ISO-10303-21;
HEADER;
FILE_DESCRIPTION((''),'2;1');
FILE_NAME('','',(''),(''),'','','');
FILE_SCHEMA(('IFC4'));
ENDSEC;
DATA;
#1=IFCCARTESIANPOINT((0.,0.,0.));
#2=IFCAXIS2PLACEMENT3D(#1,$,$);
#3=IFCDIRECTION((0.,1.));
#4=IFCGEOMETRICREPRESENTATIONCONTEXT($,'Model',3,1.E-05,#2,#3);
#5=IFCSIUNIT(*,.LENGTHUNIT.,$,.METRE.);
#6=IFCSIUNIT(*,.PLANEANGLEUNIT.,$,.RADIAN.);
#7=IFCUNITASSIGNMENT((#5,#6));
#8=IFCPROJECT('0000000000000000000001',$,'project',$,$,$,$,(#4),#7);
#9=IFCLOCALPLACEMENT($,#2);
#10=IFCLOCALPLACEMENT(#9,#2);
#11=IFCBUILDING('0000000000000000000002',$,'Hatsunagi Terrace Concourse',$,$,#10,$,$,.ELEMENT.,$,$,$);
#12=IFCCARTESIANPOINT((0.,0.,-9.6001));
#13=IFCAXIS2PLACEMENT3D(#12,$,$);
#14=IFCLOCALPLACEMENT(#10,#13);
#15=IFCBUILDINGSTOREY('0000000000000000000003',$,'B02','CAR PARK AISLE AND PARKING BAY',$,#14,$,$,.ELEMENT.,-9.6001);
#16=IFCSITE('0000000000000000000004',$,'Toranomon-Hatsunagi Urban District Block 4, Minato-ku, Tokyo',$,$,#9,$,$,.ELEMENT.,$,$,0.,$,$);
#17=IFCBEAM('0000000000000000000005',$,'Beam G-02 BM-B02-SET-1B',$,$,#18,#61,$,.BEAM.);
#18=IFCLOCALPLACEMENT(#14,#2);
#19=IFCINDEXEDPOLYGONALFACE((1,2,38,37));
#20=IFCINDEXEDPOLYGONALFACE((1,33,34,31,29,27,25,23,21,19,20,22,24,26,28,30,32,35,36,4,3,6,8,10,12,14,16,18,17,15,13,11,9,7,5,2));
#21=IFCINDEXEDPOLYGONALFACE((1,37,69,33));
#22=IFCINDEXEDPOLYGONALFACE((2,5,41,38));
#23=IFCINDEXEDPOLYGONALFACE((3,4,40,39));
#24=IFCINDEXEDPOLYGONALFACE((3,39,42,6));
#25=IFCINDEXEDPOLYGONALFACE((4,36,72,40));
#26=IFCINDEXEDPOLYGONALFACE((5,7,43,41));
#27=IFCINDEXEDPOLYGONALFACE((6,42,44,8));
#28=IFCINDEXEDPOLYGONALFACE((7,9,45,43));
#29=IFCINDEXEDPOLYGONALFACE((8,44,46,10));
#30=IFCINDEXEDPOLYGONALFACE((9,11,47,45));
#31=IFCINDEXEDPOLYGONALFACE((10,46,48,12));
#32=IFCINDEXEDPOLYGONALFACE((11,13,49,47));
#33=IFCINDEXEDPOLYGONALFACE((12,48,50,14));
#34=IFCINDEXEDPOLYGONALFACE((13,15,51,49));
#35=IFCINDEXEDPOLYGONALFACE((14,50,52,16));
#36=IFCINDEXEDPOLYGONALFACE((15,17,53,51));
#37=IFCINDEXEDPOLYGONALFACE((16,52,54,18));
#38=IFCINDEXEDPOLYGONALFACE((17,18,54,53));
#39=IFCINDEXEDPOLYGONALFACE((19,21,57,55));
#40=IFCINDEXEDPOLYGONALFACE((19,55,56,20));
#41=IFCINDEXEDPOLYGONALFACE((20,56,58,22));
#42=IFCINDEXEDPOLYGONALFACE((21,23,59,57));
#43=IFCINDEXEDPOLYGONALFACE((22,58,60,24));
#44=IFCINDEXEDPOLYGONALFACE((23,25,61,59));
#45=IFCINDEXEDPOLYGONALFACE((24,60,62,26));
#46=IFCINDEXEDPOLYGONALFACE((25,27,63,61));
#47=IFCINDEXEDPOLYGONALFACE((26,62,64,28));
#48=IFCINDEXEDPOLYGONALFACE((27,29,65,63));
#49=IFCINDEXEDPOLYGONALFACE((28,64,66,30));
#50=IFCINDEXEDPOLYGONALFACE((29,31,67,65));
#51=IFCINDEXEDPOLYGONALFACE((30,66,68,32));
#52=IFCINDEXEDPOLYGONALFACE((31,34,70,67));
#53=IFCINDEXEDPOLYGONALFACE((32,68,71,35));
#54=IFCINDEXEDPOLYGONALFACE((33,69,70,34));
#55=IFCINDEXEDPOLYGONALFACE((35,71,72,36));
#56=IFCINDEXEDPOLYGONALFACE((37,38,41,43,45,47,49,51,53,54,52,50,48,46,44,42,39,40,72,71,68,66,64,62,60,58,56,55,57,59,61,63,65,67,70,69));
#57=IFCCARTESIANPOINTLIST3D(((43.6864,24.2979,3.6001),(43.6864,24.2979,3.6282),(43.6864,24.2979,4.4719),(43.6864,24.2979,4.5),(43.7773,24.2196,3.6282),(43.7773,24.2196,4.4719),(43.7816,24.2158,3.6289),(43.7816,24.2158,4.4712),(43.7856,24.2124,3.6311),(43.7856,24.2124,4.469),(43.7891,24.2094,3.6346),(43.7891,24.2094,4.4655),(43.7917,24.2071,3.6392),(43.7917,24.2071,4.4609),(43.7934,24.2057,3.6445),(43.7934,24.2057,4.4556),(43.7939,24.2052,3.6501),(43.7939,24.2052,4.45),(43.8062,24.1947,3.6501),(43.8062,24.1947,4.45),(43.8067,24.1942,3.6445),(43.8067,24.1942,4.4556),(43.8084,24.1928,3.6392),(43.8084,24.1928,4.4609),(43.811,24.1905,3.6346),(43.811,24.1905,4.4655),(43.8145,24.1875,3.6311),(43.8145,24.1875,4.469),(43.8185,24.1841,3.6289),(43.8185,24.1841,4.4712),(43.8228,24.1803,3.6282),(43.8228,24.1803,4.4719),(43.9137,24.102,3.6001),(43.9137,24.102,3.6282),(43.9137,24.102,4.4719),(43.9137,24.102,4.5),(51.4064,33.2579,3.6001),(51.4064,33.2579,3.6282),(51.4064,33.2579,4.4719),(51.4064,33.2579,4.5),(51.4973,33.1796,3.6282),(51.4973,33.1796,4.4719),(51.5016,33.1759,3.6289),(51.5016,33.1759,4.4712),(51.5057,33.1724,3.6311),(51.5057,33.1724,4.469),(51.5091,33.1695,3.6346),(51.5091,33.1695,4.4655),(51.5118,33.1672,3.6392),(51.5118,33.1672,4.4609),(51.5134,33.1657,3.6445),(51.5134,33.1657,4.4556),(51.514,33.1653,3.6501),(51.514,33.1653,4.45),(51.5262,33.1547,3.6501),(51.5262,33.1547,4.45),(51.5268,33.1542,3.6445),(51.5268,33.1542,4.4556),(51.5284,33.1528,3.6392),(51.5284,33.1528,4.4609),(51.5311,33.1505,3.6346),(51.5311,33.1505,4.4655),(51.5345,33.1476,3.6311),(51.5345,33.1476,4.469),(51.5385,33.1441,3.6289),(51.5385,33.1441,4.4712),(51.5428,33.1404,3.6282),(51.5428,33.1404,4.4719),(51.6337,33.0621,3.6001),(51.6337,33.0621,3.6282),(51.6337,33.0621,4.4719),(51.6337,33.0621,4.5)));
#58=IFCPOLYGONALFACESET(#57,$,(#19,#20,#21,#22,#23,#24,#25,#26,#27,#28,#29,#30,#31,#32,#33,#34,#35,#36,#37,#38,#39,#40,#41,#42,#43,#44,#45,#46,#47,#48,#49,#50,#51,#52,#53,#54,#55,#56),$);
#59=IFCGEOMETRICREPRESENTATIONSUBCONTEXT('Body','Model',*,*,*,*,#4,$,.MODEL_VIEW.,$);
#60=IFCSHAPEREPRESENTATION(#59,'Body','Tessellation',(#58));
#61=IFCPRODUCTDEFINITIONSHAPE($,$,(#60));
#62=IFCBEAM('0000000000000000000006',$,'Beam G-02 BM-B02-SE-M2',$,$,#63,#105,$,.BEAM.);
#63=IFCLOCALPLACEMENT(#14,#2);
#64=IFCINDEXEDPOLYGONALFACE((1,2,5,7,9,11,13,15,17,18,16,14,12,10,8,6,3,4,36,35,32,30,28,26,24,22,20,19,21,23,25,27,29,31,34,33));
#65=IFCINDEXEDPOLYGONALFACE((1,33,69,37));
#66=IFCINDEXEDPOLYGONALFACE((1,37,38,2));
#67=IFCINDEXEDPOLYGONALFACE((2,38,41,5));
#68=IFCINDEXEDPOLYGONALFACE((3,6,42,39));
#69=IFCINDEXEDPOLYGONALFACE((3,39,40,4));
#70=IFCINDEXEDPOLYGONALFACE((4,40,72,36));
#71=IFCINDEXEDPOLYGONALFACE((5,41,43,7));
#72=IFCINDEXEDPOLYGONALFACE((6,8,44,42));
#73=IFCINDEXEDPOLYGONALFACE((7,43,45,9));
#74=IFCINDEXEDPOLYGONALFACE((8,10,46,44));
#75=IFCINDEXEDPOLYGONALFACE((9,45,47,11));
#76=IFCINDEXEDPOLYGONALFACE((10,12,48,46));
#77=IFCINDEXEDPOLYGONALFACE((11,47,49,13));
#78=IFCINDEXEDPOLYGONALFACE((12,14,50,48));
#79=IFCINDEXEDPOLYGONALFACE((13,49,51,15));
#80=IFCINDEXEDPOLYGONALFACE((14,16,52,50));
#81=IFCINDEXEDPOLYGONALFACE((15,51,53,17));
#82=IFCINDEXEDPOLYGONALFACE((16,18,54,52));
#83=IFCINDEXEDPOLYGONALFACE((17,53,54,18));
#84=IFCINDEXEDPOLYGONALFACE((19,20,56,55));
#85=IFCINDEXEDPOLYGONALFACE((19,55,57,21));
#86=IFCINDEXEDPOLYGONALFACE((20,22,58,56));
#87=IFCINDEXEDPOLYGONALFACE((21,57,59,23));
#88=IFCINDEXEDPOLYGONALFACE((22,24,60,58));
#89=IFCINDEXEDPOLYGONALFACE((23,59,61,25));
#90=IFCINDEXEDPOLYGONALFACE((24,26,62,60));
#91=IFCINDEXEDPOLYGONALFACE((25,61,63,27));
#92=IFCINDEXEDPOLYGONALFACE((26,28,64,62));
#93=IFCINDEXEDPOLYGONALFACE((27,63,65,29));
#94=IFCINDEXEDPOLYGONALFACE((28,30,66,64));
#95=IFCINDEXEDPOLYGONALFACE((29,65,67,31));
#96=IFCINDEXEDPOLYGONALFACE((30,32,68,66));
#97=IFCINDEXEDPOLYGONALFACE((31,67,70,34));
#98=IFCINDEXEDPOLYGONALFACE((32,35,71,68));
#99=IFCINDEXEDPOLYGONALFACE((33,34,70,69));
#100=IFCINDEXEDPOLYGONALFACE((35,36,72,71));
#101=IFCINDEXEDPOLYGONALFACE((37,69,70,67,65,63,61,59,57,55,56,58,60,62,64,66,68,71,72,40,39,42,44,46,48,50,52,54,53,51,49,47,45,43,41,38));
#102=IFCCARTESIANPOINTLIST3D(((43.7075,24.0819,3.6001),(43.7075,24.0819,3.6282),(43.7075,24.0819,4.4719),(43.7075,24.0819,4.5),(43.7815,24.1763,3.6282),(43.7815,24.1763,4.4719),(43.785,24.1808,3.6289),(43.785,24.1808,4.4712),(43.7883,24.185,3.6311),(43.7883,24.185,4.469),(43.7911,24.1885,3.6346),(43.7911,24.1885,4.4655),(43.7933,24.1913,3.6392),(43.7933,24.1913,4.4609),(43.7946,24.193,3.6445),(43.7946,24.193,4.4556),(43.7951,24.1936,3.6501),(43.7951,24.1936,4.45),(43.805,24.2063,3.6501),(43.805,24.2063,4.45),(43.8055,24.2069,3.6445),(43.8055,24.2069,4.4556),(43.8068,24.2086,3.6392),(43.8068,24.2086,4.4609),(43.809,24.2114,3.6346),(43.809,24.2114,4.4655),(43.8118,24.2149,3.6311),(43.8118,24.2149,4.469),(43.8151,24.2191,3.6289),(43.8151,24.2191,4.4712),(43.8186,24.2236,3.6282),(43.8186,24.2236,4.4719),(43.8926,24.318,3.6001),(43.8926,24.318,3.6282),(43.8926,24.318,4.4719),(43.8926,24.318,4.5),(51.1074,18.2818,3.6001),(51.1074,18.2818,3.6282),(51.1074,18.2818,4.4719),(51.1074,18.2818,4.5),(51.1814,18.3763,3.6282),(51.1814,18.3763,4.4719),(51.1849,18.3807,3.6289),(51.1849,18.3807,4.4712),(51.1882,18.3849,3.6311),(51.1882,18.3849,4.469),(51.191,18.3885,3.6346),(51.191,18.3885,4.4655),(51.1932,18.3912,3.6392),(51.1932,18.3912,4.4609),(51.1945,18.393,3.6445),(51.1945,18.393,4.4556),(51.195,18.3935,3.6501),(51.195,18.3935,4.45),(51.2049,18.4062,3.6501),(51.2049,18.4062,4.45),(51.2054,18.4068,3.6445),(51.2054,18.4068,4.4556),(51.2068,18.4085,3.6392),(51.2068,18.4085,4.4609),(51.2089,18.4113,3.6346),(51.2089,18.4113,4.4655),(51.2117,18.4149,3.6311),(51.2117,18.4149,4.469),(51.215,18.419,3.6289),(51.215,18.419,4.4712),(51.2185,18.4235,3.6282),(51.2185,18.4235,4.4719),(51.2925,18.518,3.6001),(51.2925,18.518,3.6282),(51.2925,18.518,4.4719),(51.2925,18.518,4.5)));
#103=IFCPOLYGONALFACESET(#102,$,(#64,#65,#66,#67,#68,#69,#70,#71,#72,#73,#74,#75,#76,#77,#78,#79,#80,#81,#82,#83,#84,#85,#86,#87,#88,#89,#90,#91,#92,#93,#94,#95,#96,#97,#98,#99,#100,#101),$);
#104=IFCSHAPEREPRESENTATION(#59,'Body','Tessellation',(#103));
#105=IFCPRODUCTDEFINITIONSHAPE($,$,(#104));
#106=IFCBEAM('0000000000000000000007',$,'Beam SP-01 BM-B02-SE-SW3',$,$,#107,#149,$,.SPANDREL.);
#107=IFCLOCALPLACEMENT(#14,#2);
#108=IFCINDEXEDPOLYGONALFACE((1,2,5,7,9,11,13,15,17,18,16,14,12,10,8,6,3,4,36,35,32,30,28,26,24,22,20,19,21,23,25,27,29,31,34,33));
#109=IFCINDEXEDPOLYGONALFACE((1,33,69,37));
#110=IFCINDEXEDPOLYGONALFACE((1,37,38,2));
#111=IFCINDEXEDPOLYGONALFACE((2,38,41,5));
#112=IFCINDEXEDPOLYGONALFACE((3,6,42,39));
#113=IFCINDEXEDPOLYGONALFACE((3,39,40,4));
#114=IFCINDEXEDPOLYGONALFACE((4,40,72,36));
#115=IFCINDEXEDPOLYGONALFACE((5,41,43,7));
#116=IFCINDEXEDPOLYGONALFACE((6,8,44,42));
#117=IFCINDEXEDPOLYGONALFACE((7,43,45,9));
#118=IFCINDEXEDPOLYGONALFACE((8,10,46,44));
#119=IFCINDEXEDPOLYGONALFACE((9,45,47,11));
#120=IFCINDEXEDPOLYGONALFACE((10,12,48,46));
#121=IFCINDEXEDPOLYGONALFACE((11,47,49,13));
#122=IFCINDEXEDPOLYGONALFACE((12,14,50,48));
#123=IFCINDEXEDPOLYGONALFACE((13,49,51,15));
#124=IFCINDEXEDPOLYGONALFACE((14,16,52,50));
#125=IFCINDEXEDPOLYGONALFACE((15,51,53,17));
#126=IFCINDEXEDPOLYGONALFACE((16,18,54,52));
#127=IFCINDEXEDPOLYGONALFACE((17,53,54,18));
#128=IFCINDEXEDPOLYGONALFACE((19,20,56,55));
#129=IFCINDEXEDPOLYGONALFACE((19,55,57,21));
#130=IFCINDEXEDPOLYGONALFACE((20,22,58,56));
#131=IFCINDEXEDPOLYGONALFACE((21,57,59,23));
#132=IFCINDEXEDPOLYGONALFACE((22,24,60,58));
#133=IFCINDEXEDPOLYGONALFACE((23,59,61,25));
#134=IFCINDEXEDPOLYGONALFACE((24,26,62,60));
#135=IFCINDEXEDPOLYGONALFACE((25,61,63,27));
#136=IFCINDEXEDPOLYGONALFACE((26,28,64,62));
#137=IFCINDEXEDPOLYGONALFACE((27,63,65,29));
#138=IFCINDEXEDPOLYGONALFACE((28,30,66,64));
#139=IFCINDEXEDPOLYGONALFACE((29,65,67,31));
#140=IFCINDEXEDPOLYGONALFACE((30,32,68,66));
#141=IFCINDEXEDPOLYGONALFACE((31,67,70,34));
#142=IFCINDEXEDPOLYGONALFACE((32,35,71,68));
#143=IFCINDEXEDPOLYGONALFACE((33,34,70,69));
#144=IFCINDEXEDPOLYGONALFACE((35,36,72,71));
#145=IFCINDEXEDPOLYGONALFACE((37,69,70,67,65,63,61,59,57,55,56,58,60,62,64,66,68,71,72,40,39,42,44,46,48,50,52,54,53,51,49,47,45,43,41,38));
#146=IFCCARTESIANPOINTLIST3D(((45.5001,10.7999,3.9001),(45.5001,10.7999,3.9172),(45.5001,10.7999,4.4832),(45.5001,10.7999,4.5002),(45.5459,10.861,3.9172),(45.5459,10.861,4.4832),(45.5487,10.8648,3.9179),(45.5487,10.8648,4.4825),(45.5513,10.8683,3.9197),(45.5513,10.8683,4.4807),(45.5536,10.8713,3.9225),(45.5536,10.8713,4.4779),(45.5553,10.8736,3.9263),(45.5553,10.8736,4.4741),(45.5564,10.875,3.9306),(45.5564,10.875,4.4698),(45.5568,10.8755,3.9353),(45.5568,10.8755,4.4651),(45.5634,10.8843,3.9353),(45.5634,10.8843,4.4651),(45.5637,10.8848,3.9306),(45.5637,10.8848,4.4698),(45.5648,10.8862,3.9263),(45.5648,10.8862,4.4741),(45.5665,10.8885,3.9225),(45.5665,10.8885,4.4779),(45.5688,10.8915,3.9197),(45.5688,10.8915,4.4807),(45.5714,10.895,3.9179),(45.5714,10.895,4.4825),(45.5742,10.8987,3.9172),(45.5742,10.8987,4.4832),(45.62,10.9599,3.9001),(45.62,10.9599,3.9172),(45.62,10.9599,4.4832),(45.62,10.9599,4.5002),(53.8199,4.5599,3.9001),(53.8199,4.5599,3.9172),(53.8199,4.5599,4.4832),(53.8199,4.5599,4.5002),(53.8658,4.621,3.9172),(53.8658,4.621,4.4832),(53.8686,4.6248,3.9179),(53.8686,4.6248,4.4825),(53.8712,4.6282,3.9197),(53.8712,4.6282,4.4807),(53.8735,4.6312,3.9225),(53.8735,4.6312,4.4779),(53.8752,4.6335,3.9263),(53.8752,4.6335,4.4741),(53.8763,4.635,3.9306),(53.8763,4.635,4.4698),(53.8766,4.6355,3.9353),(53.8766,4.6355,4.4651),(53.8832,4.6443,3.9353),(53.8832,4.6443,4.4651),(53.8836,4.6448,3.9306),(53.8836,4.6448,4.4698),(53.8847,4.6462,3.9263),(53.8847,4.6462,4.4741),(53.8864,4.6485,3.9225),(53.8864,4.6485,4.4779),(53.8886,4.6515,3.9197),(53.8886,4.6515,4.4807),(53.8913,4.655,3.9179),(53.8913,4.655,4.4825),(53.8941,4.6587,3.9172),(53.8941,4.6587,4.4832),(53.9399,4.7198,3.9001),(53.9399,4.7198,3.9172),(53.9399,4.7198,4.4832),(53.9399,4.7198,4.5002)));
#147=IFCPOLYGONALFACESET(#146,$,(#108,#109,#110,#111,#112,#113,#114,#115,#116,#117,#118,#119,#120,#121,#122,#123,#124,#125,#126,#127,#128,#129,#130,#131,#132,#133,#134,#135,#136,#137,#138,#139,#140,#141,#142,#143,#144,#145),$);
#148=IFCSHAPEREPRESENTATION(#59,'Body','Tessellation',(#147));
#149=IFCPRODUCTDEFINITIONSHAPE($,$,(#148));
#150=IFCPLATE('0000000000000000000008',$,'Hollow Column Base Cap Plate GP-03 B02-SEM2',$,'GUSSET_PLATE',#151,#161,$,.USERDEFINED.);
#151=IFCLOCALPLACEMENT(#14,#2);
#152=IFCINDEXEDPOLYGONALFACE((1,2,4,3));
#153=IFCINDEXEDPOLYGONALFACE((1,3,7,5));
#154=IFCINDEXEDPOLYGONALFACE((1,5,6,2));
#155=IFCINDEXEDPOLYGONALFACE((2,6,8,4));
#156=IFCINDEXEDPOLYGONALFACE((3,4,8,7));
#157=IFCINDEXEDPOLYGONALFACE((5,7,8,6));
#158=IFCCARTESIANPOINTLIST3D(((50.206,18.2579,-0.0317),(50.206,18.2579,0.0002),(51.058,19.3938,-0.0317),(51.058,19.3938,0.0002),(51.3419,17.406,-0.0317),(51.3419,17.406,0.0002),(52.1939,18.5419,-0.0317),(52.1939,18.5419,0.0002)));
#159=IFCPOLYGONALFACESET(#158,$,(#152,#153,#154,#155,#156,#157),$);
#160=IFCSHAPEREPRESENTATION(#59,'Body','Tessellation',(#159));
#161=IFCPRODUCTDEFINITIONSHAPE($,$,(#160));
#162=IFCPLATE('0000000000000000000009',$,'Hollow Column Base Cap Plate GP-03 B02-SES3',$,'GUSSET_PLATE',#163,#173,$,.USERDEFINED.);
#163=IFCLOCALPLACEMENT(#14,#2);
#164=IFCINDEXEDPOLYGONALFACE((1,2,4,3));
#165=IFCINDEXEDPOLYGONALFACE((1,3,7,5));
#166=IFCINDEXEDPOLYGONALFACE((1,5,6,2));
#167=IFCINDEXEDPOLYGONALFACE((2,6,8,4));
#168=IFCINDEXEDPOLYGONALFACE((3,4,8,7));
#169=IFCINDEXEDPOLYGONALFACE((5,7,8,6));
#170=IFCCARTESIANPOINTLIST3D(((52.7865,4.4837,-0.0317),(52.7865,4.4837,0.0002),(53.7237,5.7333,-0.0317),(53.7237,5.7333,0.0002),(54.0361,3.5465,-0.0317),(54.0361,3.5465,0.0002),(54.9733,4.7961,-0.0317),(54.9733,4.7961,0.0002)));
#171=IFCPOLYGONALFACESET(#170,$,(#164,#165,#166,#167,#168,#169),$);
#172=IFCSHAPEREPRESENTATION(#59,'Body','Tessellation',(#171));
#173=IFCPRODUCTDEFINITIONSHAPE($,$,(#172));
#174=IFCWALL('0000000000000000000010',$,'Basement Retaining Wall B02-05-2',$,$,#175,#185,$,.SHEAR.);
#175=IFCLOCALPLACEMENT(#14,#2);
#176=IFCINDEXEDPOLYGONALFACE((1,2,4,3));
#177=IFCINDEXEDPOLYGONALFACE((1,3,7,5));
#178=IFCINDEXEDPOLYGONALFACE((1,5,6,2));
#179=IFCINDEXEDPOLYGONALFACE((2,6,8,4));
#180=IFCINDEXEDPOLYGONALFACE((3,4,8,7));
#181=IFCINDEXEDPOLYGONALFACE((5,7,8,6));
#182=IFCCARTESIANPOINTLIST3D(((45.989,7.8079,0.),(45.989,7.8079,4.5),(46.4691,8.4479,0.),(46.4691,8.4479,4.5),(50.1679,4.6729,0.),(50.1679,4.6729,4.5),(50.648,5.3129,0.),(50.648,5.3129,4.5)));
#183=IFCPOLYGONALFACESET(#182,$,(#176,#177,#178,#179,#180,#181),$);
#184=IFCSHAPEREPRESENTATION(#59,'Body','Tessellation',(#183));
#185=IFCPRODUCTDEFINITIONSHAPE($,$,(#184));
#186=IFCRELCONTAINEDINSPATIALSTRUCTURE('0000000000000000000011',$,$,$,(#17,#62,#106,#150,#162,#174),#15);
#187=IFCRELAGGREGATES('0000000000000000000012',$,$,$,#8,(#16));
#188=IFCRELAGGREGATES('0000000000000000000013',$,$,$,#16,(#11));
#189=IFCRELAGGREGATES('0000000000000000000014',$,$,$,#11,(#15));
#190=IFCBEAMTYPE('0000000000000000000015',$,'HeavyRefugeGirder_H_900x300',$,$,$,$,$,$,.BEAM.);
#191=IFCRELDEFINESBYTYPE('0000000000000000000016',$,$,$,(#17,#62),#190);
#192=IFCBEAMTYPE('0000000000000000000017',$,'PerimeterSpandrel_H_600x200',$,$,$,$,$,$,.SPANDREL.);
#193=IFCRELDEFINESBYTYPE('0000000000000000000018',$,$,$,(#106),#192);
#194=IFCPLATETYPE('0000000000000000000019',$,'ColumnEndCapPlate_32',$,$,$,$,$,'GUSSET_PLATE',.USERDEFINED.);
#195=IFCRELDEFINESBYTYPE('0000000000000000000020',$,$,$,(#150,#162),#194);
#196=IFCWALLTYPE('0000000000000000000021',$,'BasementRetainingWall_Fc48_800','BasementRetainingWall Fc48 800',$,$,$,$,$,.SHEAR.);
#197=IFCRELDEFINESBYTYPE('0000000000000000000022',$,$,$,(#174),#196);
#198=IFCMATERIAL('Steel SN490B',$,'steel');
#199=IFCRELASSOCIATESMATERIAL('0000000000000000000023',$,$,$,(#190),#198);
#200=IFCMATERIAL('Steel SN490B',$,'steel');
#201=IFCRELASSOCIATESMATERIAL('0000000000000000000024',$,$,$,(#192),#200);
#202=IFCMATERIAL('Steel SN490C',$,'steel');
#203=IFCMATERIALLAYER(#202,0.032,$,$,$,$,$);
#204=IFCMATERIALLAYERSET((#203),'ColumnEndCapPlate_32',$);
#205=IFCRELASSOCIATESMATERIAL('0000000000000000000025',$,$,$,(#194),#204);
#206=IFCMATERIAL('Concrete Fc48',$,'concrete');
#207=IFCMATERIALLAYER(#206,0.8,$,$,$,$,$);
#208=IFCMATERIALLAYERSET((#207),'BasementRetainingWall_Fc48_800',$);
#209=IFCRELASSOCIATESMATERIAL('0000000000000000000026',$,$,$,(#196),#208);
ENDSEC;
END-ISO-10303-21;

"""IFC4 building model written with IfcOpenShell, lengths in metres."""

from ifc_helpers import new_model, si_unit, direction, frame, frame_2d, origin, origin_2d, place, context, subcontext, project, spatial, rectangle, i_section, extrude, material, layer, layer_set, material_profile, profile_set, type_object, element, save


model = new_model("IFC4")

# Units and contexts
model_context = context("Model", 3, precision=1e-05, world=origin(), true_north=direction((0.0, 1.0)))
body_context = subcontext(model_context, "Body", "Model", "MODEL_VIEW")
ifc_project = project(units=[si_unit("LENGTHUNIT", "METRE"), si_unit("PLANEANGLEUNIT", "RADIAN")], contexts=[model_context])

# Site, building, storey
site_placement = place(None, origin())
site = spatial("IfcSite", under=ifc_project, at=site_placement, Name="Toranomon-Hatsunagi Urban District Block 4, Minato-ku, Tokyo", CompositionType="ELEMENT", RefElevation=0.0)
building_placement = place(site_placement, origin())
building = spatial("IfcBuilding", under=site, at=building_placement, Name="Hatsunagi Terrace Concourse", CompositionType="ELEMENT")
storey_placement = place(building_placement, frame((0.0, 0.0, -9.6001)))
storey = spatial("IfcBuildingStorey", under=building, at=storey_placement, Name="B02", Description="CAR PARK AISLE AND PARKING BAY", CompositionType="ELEMENT", Elevation=-9.6001)

# Beams
ifc_material_1 = material(Name="Steel SN490B", Category="steel")
ifc_material_profile_1 = material_profile(ifc_material_1, i_section(OverallWidth=0.3, OverallDepth=0.8999, WebThickness=0.0161, FlangeThickness=0.0281, FilletRadius=0.022, at=origin_2d()), Name="H-900x300x16x28")
ifc_profile_set_1 = profile_set([ifc_material_profile_1], Name="Steel SN490B")
beam_type_1 = type_object("IfcBeamType", Name="HeavyRefugeGirder_H_900x300", PredefinedType="BEAM", material=ifc_profile_set_1)
beam_1_placement = place(storey_placement, frame((43.8, 24.2, 4.05), z_axis=(0.652739, 0.757583, 0.0), x_axis=(-0.757583, 0.652739, 0.0)))
element("IfcBeam", 1, at=beam_1_placement, inside=storey, type_object=beam_type_1, Name="Beam G-02 BM-B02-SET-1B", PredefinedType="BEAM", context=body_context, shape_type="SweptSolid", body=[
    extrude(i_section(OverallWidth=0.3, OverallDepth=0.8999, WebThickness=0.0161, FlangeThickness=0.0281, FilletRadius=0.022, at=origin_2d()), origin(), (0.0, 0.0, 1.0), 11.8271),
])
beam_2_placement = place(storey_placement, frame((43.8, 24.2, 4.05), z_axis=(0.787049, -0.61689, 0.0), x_axis=(0.61689, 0.787049, 0.0)))
element("IfcBeam", 2, at=beam_2_placement, inside=storey, type_object=beam_type_1, Name="Beam G-02 BM-B02-SE-M2", PredefinedType="BEAM", context=body_context, shape_type="SweptSolid", body=[
    extrude(i_section(OverallWidth=0.3, OverallDepth=0.8999, WebThickness=0.0161, FlangeThickness=0.0281, FilletRadius=0.022, at=origin_2d()), origin(), (0.0, 0.0, 1.0), 9.4021),
])
ifc_material_2 = material(Name="Steel SN490B", Category="steel")
ifc_material_profile_2 = material_profile(ifc_material_2, i_section(OverallWidth=0.2, OverallDepth=0.6001, WebThickness=0.011, FlangeThickness=0.0171, FilletRadius=0.0181, at=origin_2d()), Name="H-600x200x11x17")
ifc_profile_set_2 = profile_set([ifc_material_profile_2], Name="Steel SN490B")
beam_type_2 = type_object("IfcBeamType", Name="PerimeterSpandrel_H_600x200", PredefinedType="SPANDREL", material=ifc_profile_set_2)
beam_3_placement = place(storey_placement, frame((45.5601, 10.8799, 4.2002), z_axis=(0.799994, -0.600008, 0.0), x_axis=(0.600008, 0.799994, 0.0)))
element("IfcBeam", 3, at=beam_3_placement, inside=storey, type_object=beam_type_2, Name="Beam SP-01 BM-B02-SE-SW3", PredefinedType="SPANDREL", context=body_context, shape_type="SweptSolid", body=[
    extrude(i_section(OverallWidth=0.2, OverallDepth=0.6001, WebThickness=0.011, FlangeThickness=0.0171, FilletRadius=0.0181, at=origin_2d()), origin(), (0.0, 0.0, 1.0), 10.3999),
])

# Plates
ifc_material_3 = material(Name="Steel SN490C", Category="steel")
ifc_layer_1 = layer(ifc_material_3, 0.032)
ifc_layer_set_1 = layer_set([ifc_layer_1], Name="ColumnEndCapPlate_32")
plate_type = type_object("IfcPlateType", Name="ColumnEndCapPlate_32", ElementType="GUSSET_PLATE", PredefinedType="USERDEFINED", material=ifc_layer_set_1)
plate_1_placement = place(storey_placement, frame((51.2, 18.3999, -0.0317), z_axis=(0.0, 0.0, 1.0), x_axis=(0.8, -0.6, 0.0)))
element("IfcPlate", 4, at=plate_1_placement, inside=storey, type_object=plate_type, Name="Hollow Column Base Cap Plate GP-03 B02-SEM2", ObjectType="GUSSET_PLATE", PredefinedType="USERDEFINED", context=body_context, shape_type="SweptSolid", body=[
    extrude(rectangle(XDim=1.4199, YDim=1.4199, at=origin_2d()), origin(), (0.0, 0.0, 1.0), 0.032),
])
plate_2_placement = place(storey_placement, frame((53.8799, 4.6399, -0.0317), z_axis=(0.0, 0.0, 1.0), x_axis=(0.8, -0.6, 0.0)))
element("IfcPlate", 5, at=plate_2_placement, inside=storey, type_object=plate_type, Name="Hollow Column Base Cap Plate GP-03 B02-SES3", ObjectType="GUSSET_PLATE", PredefinedType="USERDEFINED", context=body_context, shape_type="SweptSolid", body=[
    extrude(rectangle(XDim=1.562, YDim=1.562, at=origin_2d()), origin(), (0.0, 0.0, 1.0), 0.032),
])

# Wall
ifc_material_4 = material(Name="Concrete Fc48", Category="concrete")
ifc_layer_2 = layer(ifc_material_4, 0.8)
ifc_layer_set_2 = layer_set([ifc_layer_2], Name="BasementRetainingWall_Fc48_800")
wall_type_1 = type_object("IfcWallType", Name="BasementRetainingWall_Fc48_800", Description="BasementRetainingWall Fc48 800", PredefinedType="SHEAR", material=ifc_layer_set_2)
wall_1_placement = place(storey_placement, frame((50.408, 4.9929, 0.0), z_axis=(0.0, 0.0, 1.0), x_axis=(-0.799927, 0.600097, 0.0)))
element("IfcWall", 6, at=wall_1_placement, inside=storey, type_object=wall_type_1, Name="Basement Retaining Wall B02-05-2", PredefinedType="SHEAR", context=body_context, shape_type="SweptSolid", body=[
    extrude(rectangle(XDim=5.2241, YDim=0.8, at=frame_2d((2.6121, 0.0))), origin(), (0.0, 0.0, 1.0), 4.5),
])

save(model, "model.ifc")
